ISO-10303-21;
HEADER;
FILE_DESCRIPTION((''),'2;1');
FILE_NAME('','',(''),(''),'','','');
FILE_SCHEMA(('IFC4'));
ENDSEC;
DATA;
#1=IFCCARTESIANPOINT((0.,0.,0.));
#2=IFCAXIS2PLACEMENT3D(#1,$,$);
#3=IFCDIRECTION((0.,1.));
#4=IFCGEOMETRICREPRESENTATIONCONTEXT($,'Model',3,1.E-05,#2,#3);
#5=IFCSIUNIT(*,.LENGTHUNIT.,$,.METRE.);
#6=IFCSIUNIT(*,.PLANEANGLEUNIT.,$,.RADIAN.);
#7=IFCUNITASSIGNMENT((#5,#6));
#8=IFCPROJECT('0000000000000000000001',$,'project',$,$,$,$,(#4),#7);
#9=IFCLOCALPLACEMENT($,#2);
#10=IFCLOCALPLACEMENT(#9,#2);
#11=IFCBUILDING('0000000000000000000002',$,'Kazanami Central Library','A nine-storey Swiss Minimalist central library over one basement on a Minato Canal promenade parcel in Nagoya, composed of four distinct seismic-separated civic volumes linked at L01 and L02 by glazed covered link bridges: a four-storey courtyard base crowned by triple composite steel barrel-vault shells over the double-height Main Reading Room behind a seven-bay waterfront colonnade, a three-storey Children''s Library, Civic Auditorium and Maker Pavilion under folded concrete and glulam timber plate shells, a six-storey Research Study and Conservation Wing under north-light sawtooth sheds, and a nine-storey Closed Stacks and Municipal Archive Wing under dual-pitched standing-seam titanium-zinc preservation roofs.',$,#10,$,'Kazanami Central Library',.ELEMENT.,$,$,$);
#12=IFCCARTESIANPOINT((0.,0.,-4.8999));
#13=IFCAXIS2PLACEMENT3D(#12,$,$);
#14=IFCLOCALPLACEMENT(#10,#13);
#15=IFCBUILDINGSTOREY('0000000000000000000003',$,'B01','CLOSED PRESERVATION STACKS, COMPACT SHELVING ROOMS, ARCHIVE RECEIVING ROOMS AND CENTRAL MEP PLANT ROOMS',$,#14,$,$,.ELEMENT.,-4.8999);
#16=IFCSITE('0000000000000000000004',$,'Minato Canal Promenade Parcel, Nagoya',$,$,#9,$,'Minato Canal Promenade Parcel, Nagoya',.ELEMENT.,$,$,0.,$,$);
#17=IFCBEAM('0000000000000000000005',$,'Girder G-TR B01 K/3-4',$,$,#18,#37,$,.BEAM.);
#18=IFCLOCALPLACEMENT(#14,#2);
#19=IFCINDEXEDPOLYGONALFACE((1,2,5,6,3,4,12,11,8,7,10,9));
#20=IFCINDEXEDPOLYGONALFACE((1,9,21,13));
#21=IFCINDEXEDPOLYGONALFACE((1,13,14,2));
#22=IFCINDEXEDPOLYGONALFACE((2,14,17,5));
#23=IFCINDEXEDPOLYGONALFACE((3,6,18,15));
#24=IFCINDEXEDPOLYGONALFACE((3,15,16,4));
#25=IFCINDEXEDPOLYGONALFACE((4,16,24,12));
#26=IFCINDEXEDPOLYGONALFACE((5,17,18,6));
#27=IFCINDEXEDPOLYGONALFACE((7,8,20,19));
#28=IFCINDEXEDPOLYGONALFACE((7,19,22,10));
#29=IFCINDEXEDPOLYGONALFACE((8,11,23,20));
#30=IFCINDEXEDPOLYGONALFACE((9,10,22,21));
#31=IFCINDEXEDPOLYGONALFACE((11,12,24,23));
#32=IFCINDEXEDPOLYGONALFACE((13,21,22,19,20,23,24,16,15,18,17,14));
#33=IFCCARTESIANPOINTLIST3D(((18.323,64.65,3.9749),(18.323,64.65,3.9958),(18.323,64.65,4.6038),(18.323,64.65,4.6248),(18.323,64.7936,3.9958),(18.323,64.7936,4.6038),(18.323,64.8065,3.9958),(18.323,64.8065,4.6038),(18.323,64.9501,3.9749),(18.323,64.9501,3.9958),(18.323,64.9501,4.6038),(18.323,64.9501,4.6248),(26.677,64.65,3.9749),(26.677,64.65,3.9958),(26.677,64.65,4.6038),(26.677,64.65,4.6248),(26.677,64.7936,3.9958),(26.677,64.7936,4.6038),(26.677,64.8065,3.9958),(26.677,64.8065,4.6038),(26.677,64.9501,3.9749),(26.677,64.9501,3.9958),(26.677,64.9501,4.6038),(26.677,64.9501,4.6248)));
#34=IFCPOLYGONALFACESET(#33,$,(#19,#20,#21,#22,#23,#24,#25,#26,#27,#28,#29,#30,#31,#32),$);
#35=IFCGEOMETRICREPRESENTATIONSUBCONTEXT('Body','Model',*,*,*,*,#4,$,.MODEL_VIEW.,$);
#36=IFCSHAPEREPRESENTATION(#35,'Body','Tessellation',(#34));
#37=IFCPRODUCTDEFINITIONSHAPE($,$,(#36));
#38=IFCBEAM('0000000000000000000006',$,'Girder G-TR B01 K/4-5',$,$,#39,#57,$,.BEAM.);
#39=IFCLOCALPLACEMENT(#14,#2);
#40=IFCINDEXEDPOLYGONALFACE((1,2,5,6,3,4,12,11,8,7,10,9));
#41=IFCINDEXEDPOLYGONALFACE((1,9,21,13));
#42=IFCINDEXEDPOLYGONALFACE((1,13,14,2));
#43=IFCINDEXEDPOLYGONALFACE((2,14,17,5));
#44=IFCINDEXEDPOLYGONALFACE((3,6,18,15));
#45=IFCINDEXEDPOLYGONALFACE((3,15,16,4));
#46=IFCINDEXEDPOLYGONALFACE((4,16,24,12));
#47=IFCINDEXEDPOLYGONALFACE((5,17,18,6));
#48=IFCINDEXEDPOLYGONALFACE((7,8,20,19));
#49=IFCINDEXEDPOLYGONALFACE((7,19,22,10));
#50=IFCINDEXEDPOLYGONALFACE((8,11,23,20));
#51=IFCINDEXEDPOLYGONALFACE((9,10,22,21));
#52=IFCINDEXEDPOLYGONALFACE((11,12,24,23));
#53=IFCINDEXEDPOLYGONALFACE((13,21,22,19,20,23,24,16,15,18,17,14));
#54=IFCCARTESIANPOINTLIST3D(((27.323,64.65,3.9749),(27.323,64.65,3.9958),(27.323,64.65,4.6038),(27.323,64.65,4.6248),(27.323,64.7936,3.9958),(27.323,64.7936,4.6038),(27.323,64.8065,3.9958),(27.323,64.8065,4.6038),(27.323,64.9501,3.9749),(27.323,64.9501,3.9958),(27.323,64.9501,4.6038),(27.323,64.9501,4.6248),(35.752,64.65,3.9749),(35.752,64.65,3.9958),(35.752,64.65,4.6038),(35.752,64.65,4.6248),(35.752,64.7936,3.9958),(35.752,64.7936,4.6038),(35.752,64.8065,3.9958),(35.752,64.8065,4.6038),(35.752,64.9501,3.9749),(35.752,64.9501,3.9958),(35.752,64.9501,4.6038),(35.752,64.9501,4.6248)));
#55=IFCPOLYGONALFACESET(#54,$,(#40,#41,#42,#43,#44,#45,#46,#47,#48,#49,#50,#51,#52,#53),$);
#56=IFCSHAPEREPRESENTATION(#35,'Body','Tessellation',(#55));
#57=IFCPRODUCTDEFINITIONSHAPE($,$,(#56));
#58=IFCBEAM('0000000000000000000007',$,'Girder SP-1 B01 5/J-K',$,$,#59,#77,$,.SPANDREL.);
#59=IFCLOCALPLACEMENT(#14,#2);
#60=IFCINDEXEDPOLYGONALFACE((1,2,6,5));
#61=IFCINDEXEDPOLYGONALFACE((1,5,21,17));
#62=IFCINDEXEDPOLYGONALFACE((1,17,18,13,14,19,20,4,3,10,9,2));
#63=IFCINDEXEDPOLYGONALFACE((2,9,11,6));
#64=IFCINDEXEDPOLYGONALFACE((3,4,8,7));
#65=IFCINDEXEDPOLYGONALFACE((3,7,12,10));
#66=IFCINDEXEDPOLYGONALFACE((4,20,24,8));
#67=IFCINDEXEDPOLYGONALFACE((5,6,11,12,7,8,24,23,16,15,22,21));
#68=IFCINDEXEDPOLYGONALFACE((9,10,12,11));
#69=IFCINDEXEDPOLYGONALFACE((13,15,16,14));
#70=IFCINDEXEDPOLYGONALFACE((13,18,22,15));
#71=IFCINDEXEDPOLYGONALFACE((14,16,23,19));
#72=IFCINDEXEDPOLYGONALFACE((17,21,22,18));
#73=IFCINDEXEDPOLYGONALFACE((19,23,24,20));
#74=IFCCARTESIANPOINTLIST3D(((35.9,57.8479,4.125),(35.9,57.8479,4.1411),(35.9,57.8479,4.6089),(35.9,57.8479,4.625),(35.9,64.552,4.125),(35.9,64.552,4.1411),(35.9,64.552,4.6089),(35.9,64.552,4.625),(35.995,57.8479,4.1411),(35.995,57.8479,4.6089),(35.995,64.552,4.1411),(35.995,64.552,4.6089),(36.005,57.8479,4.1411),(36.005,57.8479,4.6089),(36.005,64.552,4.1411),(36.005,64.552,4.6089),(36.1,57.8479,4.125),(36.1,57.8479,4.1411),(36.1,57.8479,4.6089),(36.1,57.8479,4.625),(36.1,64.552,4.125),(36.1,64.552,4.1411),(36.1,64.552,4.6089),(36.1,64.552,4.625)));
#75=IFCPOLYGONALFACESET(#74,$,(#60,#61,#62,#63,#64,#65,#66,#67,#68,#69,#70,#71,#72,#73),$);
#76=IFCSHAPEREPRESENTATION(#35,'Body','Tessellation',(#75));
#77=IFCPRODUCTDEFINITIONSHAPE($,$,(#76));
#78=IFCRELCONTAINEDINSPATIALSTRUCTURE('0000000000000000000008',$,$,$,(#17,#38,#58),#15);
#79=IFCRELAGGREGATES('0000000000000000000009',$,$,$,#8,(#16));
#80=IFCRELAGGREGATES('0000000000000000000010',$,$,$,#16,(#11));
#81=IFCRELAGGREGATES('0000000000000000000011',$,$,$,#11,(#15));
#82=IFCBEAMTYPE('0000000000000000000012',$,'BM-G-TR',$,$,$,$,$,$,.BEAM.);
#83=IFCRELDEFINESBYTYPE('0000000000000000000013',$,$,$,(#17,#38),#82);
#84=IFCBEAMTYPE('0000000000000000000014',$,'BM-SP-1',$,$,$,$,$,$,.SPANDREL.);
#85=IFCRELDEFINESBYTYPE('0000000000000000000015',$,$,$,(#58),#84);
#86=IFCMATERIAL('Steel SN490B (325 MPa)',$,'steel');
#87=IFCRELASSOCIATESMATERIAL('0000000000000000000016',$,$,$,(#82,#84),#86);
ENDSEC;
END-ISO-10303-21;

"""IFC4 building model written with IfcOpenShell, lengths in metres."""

from ifc_helpers import new_model, si_unit, direction, frame, origin, origin_2d, place, context, subcontext, project, spatial, i_section, extrude, material, material_profile, profile_set, type_object, element, save


model = new_model("IFC4")

# Units and contexts
model_context = context("Model", 3, precision=1e-05, world=origin(), true_north=direction((0.0, 1.0)))
body_context = subcontext(model_context, "Body", "Model", "MODEL_VIEW")
ifc_project = project(units=[si_unit("LENGTHUNIT", "METRE"), si_unit("PLANEANGLEUNIT", "RADIAN")], contexts=[model_context])

# Site, building, storey
site_placement = place(None, origin())
site = spatial("IfcSite", under=ifc_project, at=site_placement, Name="Minato Canal Promenade Parcel, Nagoya", LongName="Minato Canal Promenade Parcel, Nagoya", CompositionType="ELEMENT", RefElevation=0.0)
building_placement = place(site_placement, origin())
building = spatial("IfcBuilding", under=site, at=building_placement, Name="Kazanami Central Library", Description="A nine-storey Swiss Minimalist central library over one basement on a Minato Canal promenade parcel in Nagoya, composed of four distinct seismic-separated civic volumes linked at L01 and L02 by glazed covered link bridges: a four-storey courtyard base crowned by triple composite steel barrel-vault shells over the double-height Main Reading Room behind a seven-bay waterfront colonnade, a three-storey Children's Library, Civic Auditorium and Maker Pavilion under folded concrete and glulam timber plate shells, a six-storey Research Study and Conservation Wing under north-light sawtooth sheds, and a nine-storey Closed Stacks and Municipal Archive Wing under dual-pitched standing-seam titanium-zinc preservation roofs.", LongName="Kazanami Central Library", CompositionType="ELEMENT")
storey_placement = place(building_placement, frame((0.0, 0.0, -4.8999)))
storey = spatial("IfcBuildingStorey", under=building, at=storey_placement, Name="B01", Description="CLOSED PRESERVATION STACKS, COMPACT SHELVING ROOMS, ARCHIVE RECEIVING ROOMS AND CENTRAL MEP PLANT ROOMS", CompositionType="ELEMENT", Elevation=-4.8999)

# Beams
ifc_material_1 = material(Name="Steel SN490B (325 MPa)", Category="steel")
ifc_material_profile_1 = material_profile(ifc_material_1, i_section(OverallWidth=0.3, OverallDepth=0.6499, WebThickness=0.0129, FlangeThickness=0.021, at=origin_2d()), Name="H-650x300x13x21")
ifc_profile_set_1 = profile_set([ifc_material_profile_1], Name="Steel SN490B (325 MPa)")
beam_type_1 = type_object("IfcBeamType", Name="BM-G-TR", PredefinedType="BEAM", material=ifc_profile_set_1)
beam_1_placement = place(storey_placement, frame((18.323, 64.8, 4.2998), z_axis=(1.0, 0.0, 0.0), x_axis=(0.0, 1.0, 0.0)))
element("IfcBeam", 1, at=beam_1_placement, inside=storey, type_object=beam_type_1, Name="Girder G-TR B01 K/3-4", PredefinedType="BEAM", context=body_context, shape_type="SweptSolid", body=[
    extrude(i_section(OverallWidth=0.3, OverallDepth=0.6499, WebThickness=0.0129, FlangeThickness=0.021, at=origin_2d()), origin(), (0.0, 0.0, 1.0), 8.354),
])
beam_2_placement = place(storey_placement, frame((27.323, 64.8, 4.2998), z_axis=(1.0, 0.0, 0.0), x_axis=(0.0, 1.0, 0.0)))
element("IfcBeam", 2, at=beam_2_placement, inside=storey, type_object=beam_type_1, Name="Girder G-TR B01 K/4-5", PredefinedType="BEAM", context=body_context, shape_type="SweptSolid", body=[
    extrude(i_section(OverallWidth=0.3, OverallDepth=0.6499, WebThickness=0.0129, FlangeThickness=0.021, at=origin_2d()), origin(), (0.0, 0.0, 1.0), 8.429),
])
ifc_material_profile_2 = material_profile(ifc_material_1, i_section(OverallWidth=0.2, OverallDepth=0.5, WebThickness=0.01, FlangeThickness=0.0161, at=origin_2d()), Name="H-500x200x10x16")
ifc_profile_set_2 = profile_set([ifc_material_profile_2], Name="Steel SN490B (325 MPa)")
beam_type_2 = type_object("IfcBeamType", Name="BM-SP-1", PredefinedType="SPANDREL", material=ifc_profile_set_2)
beam_3_placement = place(storey_placement, frame((36.0, 57.8479, 4.375), z_axis=(0.0, 1.0, 0.0), x_axis=(-1.0, 0.0, 0.0)))
element("IfcBeam", 3, at=beam_3_placement, inside=storey, type_object=beam_type_2, Name="Girder SP-1 B01 5/J-K", PredefinedType="SPANDREL", context=body_context, shape_type="SweptSolid", body=[
    extrude(i_section(OverallWidth=0.2, OverallDepth=0.5, WebThickness=0.01, FlangeThickness=0.0161, at=origin_2d()), origin(), (0.0, 0.0, 1.0), 6.7041),
])

save(model, "model.ifc")
